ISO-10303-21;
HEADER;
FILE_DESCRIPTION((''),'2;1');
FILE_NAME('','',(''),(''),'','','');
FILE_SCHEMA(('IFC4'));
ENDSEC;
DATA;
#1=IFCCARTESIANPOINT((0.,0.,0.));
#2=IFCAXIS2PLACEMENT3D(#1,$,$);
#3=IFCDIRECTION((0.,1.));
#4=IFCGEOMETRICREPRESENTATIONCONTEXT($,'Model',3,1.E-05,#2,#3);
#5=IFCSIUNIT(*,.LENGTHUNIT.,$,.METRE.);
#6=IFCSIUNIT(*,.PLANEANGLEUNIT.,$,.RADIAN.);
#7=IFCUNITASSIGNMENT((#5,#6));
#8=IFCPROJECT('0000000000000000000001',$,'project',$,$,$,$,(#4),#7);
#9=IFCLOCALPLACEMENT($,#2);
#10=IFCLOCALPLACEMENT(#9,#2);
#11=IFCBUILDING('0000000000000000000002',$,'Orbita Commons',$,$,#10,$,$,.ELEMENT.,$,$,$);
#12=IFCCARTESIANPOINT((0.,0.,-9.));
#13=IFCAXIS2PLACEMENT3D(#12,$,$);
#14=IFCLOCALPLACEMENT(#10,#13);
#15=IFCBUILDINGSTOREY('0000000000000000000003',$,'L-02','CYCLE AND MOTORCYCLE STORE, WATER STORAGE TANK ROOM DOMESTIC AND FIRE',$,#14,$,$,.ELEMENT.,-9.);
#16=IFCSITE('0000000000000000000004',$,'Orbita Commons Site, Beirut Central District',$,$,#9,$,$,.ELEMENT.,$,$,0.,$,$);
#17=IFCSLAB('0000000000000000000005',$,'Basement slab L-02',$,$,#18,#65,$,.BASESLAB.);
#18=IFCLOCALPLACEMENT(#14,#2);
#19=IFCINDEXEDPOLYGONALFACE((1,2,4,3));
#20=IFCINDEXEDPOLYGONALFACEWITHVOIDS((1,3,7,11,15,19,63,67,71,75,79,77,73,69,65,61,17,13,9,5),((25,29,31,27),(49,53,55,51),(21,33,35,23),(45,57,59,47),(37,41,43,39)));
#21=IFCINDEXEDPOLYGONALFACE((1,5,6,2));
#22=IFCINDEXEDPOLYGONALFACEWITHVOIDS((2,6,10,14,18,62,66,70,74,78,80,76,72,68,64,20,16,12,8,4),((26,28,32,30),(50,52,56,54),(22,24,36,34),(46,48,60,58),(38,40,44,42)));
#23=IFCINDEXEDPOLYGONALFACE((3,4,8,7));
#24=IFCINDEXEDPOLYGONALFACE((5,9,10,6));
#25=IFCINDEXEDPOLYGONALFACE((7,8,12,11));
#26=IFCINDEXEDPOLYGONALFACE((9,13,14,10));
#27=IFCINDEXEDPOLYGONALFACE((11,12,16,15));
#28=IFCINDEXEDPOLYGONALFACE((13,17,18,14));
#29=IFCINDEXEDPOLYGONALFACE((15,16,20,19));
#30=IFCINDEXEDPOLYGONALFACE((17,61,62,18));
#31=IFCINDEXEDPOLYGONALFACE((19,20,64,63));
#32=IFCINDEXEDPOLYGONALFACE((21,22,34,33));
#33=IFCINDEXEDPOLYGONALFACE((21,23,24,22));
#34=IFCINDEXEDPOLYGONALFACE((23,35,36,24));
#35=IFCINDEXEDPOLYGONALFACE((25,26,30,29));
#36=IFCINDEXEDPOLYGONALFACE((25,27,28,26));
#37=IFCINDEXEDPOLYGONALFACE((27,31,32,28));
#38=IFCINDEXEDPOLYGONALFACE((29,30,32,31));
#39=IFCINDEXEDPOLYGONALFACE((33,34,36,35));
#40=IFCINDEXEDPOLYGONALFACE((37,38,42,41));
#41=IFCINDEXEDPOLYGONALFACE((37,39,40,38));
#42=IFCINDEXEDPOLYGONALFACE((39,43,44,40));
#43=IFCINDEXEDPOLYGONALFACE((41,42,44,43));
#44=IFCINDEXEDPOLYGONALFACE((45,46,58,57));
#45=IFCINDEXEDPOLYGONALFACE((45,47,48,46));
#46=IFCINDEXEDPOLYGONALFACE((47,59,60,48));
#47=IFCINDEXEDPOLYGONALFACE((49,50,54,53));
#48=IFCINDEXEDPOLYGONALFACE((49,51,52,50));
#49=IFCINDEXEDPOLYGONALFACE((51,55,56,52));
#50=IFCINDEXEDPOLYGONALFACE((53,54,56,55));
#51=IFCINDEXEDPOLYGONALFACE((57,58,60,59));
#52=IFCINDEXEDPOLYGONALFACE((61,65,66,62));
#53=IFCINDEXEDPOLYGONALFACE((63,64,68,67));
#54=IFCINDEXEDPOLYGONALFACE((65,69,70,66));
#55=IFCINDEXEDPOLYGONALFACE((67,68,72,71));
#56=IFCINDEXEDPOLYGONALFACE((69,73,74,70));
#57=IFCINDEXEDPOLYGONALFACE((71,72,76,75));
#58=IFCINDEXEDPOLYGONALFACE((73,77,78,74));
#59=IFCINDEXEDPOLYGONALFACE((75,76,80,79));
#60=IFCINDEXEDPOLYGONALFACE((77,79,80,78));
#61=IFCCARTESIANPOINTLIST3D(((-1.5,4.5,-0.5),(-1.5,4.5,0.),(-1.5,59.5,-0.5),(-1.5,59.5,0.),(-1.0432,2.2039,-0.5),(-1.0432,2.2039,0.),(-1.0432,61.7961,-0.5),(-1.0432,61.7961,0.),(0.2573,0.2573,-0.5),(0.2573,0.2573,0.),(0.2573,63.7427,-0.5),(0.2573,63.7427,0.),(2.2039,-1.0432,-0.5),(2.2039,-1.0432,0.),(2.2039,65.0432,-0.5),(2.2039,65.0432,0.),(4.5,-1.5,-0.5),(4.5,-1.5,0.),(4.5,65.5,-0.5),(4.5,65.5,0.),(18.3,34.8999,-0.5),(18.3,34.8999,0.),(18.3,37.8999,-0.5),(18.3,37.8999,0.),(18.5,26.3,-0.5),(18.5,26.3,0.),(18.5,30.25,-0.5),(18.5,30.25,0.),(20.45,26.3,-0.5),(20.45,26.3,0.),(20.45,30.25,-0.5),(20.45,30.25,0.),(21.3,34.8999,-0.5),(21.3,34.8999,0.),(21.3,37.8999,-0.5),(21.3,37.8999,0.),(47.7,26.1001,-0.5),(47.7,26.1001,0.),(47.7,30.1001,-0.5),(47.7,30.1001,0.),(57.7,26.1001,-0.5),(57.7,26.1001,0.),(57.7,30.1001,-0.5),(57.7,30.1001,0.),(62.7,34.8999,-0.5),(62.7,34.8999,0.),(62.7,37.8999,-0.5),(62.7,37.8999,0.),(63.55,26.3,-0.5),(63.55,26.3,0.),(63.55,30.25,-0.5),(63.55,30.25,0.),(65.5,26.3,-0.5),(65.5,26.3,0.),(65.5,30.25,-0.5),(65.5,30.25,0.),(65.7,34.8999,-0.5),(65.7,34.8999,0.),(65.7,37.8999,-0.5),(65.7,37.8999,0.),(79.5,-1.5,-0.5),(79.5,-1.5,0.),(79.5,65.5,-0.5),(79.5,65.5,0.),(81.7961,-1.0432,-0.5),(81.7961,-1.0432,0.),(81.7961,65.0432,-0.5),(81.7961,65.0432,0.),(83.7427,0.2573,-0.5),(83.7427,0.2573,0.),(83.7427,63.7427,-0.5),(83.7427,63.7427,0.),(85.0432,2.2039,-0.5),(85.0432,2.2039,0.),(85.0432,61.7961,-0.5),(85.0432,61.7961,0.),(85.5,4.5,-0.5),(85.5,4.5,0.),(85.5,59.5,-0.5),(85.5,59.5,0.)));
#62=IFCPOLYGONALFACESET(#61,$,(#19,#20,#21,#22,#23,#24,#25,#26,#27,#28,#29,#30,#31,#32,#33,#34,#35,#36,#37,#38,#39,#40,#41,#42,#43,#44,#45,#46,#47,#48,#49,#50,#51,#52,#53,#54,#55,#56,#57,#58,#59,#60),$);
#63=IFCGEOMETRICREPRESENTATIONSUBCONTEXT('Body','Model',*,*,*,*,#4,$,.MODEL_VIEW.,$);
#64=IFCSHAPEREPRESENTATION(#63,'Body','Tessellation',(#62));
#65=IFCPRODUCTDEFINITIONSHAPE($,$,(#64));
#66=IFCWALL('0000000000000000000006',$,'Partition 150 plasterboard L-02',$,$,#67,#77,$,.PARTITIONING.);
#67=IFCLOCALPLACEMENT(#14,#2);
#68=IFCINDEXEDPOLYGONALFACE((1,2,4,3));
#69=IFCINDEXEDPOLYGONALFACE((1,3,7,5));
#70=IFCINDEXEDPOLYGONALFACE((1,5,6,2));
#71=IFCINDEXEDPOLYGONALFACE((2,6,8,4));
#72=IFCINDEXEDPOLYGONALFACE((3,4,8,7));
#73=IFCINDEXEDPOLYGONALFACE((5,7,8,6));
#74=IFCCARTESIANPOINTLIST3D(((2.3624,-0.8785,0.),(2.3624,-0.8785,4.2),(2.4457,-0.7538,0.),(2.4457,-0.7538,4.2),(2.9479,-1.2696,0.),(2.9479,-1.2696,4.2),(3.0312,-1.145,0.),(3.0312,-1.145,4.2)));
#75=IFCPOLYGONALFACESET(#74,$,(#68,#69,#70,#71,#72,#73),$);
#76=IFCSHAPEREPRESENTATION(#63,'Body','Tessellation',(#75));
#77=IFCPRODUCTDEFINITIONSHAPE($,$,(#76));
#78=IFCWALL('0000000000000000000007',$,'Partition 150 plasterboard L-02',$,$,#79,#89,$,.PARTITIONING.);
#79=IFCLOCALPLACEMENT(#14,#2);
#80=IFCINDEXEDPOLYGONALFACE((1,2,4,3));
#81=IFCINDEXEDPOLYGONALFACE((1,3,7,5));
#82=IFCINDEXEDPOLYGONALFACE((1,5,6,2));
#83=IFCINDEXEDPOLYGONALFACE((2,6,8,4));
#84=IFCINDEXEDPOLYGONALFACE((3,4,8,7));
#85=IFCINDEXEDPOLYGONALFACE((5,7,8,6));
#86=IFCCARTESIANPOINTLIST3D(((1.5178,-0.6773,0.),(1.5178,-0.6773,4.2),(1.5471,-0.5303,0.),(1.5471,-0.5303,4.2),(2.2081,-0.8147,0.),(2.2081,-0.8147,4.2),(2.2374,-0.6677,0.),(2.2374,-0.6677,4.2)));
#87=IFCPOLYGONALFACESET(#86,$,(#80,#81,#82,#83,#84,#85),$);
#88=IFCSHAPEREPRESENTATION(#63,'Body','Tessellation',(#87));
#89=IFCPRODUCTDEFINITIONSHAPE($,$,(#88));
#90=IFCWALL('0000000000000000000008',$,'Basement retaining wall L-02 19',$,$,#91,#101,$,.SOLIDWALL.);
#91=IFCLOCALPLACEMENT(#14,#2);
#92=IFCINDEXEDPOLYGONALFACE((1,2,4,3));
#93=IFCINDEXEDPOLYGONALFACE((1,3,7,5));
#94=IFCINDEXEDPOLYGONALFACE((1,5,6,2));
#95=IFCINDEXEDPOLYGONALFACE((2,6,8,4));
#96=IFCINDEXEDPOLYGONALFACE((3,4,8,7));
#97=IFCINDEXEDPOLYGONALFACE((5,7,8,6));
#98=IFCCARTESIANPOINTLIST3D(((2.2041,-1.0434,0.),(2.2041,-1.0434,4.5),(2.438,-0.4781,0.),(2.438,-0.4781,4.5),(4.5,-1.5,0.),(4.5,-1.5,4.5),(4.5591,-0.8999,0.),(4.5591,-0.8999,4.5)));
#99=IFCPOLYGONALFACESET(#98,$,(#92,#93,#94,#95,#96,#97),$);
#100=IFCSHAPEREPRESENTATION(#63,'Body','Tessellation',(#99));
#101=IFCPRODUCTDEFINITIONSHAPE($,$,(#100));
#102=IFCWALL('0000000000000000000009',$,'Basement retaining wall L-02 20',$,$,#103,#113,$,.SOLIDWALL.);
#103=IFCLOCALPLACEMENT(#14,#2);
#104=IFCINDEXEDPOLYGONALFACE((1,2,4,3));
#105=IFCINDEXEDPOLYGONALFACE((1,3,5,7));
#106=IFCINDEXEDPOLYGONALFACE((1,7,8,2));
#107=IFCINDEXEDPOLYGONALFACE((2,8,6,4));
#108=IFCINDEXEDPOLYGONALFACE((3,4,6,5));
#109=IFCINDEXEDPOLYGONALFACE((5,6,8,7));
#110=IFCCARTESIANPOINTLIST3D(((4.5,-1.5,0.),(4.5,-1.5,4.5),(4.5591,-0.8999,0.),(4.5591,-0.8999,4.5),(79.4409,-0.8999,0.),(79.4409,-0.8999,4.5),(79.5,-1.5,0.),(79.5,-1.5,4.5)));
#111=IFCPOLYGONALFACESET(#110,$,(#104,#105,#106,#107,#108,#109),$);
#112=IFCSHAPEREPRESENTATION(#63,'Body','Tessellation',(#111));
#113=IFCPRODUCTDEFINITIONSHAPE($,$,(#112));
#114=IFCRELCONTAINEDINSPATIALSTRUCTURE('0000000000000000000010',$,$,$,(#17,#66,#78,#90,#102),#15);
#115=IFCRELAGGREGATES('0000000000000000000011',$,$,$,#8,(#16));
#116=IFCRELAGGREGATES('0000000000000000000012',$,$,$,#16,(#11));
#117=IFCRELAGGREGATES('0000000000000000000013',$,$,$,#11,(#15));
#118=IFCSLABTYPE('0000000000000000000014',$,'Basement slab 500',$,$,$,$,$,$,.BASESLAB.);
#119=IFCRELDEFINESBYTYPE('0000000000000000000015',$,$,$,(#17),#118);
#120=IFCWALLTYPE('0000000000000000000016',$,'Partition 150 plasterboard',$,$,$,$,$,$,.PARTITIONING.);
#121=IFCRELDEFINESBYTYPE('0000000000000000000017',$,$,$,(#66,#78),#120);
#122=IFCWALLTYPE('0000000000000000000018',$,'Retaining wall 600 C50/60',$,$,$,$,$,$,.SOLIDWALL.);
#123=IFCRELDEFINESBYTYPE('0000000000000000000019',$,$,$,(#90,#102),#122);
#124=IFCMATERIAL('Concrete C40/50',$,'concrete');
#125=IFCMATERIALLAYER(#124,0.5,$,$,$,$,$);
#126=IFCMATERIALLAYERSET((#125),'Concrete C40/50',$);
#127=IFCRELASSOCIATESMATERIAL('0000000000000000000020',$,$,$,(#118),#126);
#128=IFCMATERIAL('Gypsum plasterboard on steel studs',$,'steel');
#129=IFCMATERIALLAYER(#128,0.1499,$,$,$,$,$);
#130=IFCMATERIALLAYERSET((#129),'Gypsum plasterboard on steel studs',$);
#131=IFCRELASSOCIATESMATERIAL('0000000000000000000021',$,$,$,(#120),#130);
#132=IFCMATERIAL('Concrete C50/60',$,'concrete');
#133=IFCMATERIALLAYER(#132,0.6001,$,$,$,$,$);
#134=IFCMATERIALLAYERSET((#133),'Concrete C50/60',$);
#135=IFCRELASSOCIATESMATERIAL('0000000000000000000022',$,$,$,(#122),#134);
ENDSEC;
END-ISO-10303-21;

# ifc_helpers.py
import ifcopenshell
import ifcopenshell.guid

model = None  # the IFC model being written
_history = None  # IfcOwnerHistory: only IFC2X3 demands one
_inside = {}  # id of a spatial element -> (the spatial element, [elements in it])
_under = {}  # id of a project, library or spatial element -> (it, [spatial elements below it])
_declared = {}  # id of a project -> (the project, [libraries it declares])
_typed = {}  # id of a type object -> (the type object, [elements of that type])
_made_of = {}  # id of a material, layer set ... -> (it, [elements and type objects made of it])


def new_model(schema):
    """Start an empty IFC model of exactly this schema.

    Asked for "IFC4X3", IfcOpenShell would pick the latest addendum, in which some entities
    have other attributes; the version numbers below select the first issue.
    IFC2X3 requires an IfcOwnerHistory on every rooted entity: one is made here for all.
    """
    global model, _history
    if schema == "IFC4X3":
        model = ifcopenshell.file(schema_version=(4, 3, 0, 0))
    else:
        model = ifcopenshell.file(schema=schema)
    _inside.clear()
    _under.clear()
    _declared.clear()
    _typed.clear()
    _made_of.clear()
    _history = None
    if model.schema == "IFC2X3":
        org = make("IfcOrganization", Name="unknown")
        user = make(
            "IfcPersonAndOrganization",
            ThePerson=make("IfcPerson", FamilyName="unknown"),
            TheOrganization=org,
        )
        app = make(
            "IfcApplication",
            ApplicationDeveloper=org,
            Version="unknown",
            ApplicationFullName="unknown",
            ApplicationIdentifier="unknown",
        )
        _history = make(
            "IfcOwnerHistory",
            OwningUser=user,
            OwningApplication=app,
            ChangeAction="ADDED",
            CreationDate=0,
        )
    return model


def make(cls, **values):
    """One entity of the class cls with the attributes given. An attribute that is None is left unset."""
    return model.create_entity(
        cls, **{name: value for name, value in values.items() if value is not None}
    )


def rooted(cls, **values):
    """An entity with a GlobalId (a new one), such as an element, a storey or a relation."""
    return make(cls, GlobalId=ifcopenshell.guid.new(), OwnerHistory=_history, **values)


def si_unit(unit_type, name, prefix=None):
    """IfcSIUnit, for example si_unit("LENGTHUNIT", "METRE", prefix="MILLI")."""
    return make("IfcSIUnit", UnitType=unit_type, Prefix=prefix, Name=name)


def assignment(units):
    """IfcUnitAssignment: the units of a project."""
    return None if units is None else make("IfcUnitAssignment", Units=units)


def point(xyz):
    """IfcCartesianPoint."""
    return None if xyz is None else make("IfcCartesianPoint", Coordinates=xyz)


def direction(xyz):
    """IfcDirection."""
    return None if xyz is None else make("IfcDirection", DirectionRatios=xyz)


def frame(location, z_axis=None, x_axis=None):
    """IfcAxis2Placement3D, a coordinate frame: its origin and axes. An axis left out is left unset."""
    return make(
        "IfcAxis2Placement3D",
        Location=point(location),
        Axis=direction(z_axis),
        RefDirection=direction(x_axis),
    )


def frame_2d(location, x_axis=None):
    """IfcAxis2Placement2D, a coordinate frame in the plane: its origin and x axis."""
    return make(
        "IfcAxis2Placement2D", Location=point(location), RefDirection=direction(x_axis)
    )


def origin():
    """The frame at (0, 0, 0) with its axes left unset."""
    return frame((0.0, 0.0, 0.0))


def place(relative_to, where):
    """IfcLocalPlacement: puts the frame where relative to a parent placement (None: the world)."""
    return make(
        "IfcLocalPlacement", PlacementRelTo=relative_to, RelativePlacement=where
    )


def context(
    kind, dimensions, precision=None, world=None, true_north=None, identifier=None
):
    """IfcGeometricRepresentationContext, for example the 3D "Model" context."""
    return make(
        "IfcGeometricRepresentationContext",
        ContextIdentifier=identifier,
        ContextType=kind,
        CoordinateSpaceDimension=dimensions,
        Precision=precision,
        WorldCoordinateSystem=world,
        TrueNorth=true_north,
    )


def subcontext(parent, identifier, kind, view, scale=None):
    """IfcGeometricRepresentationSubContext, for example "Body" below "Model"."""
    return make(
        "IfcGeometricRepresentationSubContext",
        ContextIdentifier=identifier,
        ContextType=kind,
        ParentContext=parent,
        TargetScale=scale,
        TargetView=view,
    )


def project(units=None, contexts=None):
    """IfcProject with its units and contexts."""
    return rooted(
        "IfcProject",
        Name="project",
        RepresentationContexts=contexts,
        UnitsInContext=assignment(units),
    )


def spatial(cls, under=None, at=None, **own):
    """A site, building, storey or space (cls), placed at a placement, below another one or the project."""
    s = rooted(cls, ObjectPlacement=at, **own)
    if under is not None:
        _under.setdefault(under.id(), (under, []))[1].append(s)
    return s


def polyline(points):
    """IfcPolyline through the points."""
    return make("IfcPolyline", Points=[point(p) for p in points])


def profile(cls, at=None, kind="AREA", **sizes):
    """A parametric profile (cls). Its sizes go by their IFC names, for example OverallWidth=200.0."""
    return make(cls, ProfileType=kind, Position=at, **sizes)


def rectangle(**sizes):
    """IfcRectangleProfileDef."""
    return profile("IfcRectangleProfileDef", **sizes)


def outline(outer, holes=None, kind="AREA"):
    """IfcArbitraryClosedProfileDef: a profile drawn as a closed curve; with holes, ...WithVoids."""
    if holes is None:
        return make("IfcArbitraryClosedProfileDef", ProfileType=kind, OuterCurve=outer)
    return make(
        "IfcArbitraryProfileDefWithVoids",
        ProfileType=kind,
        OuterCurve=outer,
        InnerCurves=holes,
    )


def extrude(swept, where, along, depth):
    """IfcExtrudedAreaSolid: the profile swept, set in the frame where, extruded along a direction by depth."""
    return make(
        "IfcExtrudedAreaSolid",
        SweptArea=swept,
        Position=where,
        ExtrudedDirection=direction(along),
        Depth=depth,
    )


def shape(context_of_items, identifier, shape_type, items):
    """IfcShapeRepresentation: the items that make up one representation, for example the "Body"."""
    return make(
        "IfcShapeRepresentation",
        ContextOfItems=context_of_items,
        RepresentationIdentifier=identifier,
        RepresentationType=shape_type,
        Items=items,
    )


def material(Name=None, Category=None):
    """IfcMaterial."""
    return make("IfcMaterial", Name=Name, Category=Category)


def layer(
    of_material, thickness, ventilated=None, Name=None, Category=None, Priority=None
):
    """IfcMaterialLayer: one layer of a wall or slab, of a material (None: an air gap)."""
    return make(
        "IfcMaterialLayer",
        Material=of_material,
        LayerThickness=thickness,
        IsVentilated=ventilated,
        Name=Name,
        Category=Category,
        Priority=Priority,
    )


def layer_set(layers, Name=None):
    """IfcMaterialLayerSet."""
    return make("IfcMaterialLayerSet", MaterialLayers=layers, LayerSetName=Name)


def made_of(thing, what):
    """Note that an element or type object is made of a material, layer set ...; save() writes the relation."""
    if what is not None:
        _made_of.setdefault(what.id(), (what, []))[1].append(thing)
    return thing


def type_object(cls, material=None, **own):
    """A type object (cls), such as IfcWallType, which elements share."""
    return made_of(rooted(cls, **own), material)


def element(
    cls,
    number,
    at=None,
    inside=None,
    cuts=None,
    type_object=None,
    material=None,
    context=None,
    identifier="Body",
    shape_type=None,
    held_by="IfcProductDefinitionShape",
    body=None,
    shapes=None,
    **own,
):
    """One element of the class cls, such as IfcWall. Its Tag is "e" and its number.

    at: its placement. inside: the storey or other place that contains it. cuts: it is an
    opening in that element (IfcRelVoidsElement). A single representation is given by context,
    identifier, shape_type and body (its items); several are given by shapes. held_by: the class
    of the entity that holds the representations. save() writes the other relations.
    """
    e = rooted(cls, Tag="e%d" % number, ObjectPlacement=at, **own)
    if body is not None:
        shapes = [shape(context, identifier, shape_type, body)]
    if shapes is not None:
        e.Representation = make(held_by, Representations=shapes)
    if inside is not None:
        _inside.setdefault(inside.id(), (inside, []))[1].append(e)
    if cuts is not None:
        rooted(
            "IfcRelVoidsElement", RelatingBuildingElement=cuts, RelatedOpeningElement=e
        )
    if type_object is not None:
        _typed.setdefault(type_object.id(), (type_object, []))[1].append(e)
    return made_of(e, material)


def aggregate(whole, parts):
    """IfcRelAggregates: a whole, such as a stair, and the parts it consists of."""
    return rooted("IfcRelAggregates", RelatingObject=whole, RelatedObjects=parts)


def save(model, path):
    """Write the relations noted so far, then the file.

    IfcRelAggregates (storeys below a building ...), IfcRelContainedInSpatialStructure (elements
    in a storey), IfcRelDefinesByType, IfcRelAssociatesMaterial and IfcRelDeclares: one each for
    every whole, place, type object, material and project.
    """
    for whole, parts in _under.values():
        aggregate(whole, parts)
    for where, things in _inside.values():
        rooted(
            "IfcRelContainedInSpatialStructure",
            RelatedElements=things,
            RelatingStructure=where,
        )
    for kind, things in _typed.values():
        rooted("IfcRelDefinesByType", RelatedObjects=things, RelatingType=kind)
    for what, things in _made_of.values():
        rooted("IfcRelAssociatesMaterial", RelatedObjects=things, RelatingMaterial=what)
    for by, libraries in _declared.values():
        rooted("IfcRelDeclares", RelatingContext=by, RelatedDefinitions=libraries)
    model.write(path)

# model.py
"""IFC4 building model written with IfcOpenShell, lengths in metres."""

from ifc_helpers import new_model, si_unit, direction, frame, frame_2d, origin, place, context, subcontext, project, spatial, polyline, rectangle, outline, extrude, material, layer, layer_set, type_object, element, save


model = new_model("IFC4")

# Units and contexts
model_context = context("Model", 3, precision=1e-05, world=origin(), true_north=direction((0.0, 1.0)))
body_context = subcontext(model_context, "Body", "Model", "MODEL_VIEW")
ifc_project = project(units=[si_unit("LENGTHUNIT", "METRE"), si_unit("PLANEANGLEUNIT", "RADIAN")], contexts=[model_context])

# Site, building, storey
site_placement = place(None, origin())
site = spatial("IfcSite", under=ifc_project, at=site_placement, Name="Orbita Commons Site, Beirut Central District", CompositionType="ELEMENT", RefElevation=0.0)
building_placement = place(site_placement, origin())
building = spatial("IfcBuilding", under=site, at=building_placement, Name="Orbita Commons", CompositionType="ELEMENT")
storey_placement = place(building_placement, frame((0.0, 0.0, -9.0)))
storey = spatial("IfcBuildingStorey", under=building, at=storey_placement, Name="L-02", Description="CYCLE AND MOTORCYCLE STORE, WATER STORAGE TANK ROOM DOMESTIC AND FIRE", CompositionType="ELEMENT", Elevation=-9.0)

# Slab
ifc_material_1 = material(Name="Concrete C40/50", Category="concrete")
ifc_layer_1 = layer(ifc_material_1, 0.5)
ifc_layer_set_1 = layer_set([ifc_layer_1], Name="Concrete C40/50")
slab_type = type_object("IfcSlabType", Name="Basement slab 500", PredefinedType="BASESLAB", material=ifc_layer_set_1)
slab_placement = place(storey_placement, frame((0.0, 0.0, -0.5)))
element("IfcSlab", 1, at=slab_placement, inside=storey, type_object=slab_type, Name="Basement slab L-02", PredefinedType="BASESLAB", context=body_context, shape_type="SweptSolid", body=[
    extrude(outline(polyline([(79.5, -1.5), (81.7961, -1.0432), (83.7427, 0.2573), (85.0432, 2.2039), (85.5, 4.5), (85.5, 59.5), (85.0432, 61.7961), (83.7427, 63.7427), (81.7961, 65.0432), (79.5, 65.5), (4.5, 65.5), (2.2039, 65.0432), (0.2573, 63.7427), (-1.0432, 61.7961), (-1.5, 59.5), (-1.5, 4.5), (-1.0432, 2.2039), (0.2573, 0.2573), (2.2039, -1.0432), (4.5, -1.5), (79.5, -1.5)]), holes=[polyline([(47.7, 26.1001), (57.7, 26.1001), (57.7, 30.1001), (47.7, 30.1001), (47.7, 26.1001)]), polyline([(18.3, 34.8999), (21.3, 34.8999), (21.3, 37.8999), (18.3, 37.8999), (18.3, 34.8999)]), polyline([(62.7, 34.8999), (65.7, 34.8999), (65.7, 37.8999), (62.7, 37.8999), (62.7, 34.8999)]), polyline([(18.5, 26.3), (20.45, 26.3), (20.45, 30.25), (18.5, 30.25), (18.5, 26.3)]), polyline([(63.55, 26.3), (65.5, 26.3), (65.5, 30.25), (63.55, 30.25), (63.55, 26.3)])]), origin(), (0.0, 0.0, 1.0), 0.5),
])

# Walls
ifc_material_2 = material(Name="Gypsum plasterboard on steel studs", Category="steel")
ifc_layer_2 = layer(ifc_material_2, 0.1499)
ifc_layer_set_2 = layer_set([ifc_layer_2], Name="Gypsum plasterboard on steel studs")
wall_type_1 = type_object("IfcWallType", Name="Partition 150 plasterboard", PredefinedType="PARTITIONING", material=ifc_layer_set_2)
wall_1_placement = place(storey_placement, frame((2.4041, -0.8162, 0.0), z_axis=(0.0, 0.0, 1.0), x_axis=(0.831516, -0.5555, 0.0)))
element("IfcWall", 2, at=wall_1_placement, inside=storey, type_object=wall_type_1, Name="Partition 150 plasterboard L-02", PredefinedType="PARTITIONING", context=body_context, shape_type="SweptSolid", body=[
    extrude(rectangle(XDim=0.7041, YDim=0.1499, at=frame_2d((0.3521, 0.0))), origin(), (0.0, 0.0, 1.0), 4.2),
])
wall_2_placement = place(storey_placement, frame((2.2229, -0.7412, 0.0), z_axis=(0.0, 0.0, 1.0), x_axis=(-0.980754, 0.195249, 0.0)))
element("IfcWall", 3, at=wall_2_placement, inside=storey, type_object=wall_type_1, Name="Partition 150 plasterboard L-02", PredefinedType="PARTITIONING", context=body_context, shape_type="SweptSolid", body=[
    extrude(rectangle(XDim=0.7039, YDim=0.1499, at=frame_2d((0.3521, 0.0))), origin(), (0.0, 0.0, 1.0), 4.2),
])
ifc_material_3 = material(Name="Concrete C50/60", Category="concrete")
ifc_layer_3 = layer(ifc_material_3, 0.6001)
ifc_layer_set_3 = layer_set([ifc_layer_3], Name="Concrete C50/60")
wall_type_2 = type_object("IfcWallType", Name="Retaining wall 600 C50/60", PredefinedType="SOLIDWALL", material=ifc_layer_set_3)
wall_3_placement = place(storey_placement, frame((2.321, -0.7607, 0.0), z_axis=(0.0, 0.0, 1.0), x_axis=(0.980793, -0.195053, 0.0)))
element("IfcWall", 4, at=wall_3_placement, inside=storey, type_object=wall_type_2, Name="Basement retaining wall L-02 19", PredefinedType="SOLIDWALL", context=body_context, shape_type="SweptSolid", body=[
    extrude(outline(polyline([(-0.0596, -0.3), (2.2812, -0.3), (2.2222, 0.3), (0.0596, 0.3), (-0.0596, -0.3)])), origin(), (0.0, 0.0, 1.0), 4.5),
])
wall_4_placement = place(storey_placement, frame((4.5295, -1.2, 0.0), z_axis=(0.0, 0.0, 1.0), x_axis=(1.0, 0.0, 0.0)))
element("IfcWall", 5, at=wall_4_placement, inside=storey, type_object=wall_type_2, Name="Basement retaining wall L-02 20", PredefinedType="SOLIDWALL", context=body_context, shape_type="SweptSolid", body=[
    extrude(outline(polyline([(-0.0295, -0.3), (74.9705, -0.3), (74.9114, 0.3), (0.0295, 0.3), (-0.0295, -0.3)])), origin(), (0.0, 0.0, 1.0), 4.5),
])

save(model, "model.ifc")
